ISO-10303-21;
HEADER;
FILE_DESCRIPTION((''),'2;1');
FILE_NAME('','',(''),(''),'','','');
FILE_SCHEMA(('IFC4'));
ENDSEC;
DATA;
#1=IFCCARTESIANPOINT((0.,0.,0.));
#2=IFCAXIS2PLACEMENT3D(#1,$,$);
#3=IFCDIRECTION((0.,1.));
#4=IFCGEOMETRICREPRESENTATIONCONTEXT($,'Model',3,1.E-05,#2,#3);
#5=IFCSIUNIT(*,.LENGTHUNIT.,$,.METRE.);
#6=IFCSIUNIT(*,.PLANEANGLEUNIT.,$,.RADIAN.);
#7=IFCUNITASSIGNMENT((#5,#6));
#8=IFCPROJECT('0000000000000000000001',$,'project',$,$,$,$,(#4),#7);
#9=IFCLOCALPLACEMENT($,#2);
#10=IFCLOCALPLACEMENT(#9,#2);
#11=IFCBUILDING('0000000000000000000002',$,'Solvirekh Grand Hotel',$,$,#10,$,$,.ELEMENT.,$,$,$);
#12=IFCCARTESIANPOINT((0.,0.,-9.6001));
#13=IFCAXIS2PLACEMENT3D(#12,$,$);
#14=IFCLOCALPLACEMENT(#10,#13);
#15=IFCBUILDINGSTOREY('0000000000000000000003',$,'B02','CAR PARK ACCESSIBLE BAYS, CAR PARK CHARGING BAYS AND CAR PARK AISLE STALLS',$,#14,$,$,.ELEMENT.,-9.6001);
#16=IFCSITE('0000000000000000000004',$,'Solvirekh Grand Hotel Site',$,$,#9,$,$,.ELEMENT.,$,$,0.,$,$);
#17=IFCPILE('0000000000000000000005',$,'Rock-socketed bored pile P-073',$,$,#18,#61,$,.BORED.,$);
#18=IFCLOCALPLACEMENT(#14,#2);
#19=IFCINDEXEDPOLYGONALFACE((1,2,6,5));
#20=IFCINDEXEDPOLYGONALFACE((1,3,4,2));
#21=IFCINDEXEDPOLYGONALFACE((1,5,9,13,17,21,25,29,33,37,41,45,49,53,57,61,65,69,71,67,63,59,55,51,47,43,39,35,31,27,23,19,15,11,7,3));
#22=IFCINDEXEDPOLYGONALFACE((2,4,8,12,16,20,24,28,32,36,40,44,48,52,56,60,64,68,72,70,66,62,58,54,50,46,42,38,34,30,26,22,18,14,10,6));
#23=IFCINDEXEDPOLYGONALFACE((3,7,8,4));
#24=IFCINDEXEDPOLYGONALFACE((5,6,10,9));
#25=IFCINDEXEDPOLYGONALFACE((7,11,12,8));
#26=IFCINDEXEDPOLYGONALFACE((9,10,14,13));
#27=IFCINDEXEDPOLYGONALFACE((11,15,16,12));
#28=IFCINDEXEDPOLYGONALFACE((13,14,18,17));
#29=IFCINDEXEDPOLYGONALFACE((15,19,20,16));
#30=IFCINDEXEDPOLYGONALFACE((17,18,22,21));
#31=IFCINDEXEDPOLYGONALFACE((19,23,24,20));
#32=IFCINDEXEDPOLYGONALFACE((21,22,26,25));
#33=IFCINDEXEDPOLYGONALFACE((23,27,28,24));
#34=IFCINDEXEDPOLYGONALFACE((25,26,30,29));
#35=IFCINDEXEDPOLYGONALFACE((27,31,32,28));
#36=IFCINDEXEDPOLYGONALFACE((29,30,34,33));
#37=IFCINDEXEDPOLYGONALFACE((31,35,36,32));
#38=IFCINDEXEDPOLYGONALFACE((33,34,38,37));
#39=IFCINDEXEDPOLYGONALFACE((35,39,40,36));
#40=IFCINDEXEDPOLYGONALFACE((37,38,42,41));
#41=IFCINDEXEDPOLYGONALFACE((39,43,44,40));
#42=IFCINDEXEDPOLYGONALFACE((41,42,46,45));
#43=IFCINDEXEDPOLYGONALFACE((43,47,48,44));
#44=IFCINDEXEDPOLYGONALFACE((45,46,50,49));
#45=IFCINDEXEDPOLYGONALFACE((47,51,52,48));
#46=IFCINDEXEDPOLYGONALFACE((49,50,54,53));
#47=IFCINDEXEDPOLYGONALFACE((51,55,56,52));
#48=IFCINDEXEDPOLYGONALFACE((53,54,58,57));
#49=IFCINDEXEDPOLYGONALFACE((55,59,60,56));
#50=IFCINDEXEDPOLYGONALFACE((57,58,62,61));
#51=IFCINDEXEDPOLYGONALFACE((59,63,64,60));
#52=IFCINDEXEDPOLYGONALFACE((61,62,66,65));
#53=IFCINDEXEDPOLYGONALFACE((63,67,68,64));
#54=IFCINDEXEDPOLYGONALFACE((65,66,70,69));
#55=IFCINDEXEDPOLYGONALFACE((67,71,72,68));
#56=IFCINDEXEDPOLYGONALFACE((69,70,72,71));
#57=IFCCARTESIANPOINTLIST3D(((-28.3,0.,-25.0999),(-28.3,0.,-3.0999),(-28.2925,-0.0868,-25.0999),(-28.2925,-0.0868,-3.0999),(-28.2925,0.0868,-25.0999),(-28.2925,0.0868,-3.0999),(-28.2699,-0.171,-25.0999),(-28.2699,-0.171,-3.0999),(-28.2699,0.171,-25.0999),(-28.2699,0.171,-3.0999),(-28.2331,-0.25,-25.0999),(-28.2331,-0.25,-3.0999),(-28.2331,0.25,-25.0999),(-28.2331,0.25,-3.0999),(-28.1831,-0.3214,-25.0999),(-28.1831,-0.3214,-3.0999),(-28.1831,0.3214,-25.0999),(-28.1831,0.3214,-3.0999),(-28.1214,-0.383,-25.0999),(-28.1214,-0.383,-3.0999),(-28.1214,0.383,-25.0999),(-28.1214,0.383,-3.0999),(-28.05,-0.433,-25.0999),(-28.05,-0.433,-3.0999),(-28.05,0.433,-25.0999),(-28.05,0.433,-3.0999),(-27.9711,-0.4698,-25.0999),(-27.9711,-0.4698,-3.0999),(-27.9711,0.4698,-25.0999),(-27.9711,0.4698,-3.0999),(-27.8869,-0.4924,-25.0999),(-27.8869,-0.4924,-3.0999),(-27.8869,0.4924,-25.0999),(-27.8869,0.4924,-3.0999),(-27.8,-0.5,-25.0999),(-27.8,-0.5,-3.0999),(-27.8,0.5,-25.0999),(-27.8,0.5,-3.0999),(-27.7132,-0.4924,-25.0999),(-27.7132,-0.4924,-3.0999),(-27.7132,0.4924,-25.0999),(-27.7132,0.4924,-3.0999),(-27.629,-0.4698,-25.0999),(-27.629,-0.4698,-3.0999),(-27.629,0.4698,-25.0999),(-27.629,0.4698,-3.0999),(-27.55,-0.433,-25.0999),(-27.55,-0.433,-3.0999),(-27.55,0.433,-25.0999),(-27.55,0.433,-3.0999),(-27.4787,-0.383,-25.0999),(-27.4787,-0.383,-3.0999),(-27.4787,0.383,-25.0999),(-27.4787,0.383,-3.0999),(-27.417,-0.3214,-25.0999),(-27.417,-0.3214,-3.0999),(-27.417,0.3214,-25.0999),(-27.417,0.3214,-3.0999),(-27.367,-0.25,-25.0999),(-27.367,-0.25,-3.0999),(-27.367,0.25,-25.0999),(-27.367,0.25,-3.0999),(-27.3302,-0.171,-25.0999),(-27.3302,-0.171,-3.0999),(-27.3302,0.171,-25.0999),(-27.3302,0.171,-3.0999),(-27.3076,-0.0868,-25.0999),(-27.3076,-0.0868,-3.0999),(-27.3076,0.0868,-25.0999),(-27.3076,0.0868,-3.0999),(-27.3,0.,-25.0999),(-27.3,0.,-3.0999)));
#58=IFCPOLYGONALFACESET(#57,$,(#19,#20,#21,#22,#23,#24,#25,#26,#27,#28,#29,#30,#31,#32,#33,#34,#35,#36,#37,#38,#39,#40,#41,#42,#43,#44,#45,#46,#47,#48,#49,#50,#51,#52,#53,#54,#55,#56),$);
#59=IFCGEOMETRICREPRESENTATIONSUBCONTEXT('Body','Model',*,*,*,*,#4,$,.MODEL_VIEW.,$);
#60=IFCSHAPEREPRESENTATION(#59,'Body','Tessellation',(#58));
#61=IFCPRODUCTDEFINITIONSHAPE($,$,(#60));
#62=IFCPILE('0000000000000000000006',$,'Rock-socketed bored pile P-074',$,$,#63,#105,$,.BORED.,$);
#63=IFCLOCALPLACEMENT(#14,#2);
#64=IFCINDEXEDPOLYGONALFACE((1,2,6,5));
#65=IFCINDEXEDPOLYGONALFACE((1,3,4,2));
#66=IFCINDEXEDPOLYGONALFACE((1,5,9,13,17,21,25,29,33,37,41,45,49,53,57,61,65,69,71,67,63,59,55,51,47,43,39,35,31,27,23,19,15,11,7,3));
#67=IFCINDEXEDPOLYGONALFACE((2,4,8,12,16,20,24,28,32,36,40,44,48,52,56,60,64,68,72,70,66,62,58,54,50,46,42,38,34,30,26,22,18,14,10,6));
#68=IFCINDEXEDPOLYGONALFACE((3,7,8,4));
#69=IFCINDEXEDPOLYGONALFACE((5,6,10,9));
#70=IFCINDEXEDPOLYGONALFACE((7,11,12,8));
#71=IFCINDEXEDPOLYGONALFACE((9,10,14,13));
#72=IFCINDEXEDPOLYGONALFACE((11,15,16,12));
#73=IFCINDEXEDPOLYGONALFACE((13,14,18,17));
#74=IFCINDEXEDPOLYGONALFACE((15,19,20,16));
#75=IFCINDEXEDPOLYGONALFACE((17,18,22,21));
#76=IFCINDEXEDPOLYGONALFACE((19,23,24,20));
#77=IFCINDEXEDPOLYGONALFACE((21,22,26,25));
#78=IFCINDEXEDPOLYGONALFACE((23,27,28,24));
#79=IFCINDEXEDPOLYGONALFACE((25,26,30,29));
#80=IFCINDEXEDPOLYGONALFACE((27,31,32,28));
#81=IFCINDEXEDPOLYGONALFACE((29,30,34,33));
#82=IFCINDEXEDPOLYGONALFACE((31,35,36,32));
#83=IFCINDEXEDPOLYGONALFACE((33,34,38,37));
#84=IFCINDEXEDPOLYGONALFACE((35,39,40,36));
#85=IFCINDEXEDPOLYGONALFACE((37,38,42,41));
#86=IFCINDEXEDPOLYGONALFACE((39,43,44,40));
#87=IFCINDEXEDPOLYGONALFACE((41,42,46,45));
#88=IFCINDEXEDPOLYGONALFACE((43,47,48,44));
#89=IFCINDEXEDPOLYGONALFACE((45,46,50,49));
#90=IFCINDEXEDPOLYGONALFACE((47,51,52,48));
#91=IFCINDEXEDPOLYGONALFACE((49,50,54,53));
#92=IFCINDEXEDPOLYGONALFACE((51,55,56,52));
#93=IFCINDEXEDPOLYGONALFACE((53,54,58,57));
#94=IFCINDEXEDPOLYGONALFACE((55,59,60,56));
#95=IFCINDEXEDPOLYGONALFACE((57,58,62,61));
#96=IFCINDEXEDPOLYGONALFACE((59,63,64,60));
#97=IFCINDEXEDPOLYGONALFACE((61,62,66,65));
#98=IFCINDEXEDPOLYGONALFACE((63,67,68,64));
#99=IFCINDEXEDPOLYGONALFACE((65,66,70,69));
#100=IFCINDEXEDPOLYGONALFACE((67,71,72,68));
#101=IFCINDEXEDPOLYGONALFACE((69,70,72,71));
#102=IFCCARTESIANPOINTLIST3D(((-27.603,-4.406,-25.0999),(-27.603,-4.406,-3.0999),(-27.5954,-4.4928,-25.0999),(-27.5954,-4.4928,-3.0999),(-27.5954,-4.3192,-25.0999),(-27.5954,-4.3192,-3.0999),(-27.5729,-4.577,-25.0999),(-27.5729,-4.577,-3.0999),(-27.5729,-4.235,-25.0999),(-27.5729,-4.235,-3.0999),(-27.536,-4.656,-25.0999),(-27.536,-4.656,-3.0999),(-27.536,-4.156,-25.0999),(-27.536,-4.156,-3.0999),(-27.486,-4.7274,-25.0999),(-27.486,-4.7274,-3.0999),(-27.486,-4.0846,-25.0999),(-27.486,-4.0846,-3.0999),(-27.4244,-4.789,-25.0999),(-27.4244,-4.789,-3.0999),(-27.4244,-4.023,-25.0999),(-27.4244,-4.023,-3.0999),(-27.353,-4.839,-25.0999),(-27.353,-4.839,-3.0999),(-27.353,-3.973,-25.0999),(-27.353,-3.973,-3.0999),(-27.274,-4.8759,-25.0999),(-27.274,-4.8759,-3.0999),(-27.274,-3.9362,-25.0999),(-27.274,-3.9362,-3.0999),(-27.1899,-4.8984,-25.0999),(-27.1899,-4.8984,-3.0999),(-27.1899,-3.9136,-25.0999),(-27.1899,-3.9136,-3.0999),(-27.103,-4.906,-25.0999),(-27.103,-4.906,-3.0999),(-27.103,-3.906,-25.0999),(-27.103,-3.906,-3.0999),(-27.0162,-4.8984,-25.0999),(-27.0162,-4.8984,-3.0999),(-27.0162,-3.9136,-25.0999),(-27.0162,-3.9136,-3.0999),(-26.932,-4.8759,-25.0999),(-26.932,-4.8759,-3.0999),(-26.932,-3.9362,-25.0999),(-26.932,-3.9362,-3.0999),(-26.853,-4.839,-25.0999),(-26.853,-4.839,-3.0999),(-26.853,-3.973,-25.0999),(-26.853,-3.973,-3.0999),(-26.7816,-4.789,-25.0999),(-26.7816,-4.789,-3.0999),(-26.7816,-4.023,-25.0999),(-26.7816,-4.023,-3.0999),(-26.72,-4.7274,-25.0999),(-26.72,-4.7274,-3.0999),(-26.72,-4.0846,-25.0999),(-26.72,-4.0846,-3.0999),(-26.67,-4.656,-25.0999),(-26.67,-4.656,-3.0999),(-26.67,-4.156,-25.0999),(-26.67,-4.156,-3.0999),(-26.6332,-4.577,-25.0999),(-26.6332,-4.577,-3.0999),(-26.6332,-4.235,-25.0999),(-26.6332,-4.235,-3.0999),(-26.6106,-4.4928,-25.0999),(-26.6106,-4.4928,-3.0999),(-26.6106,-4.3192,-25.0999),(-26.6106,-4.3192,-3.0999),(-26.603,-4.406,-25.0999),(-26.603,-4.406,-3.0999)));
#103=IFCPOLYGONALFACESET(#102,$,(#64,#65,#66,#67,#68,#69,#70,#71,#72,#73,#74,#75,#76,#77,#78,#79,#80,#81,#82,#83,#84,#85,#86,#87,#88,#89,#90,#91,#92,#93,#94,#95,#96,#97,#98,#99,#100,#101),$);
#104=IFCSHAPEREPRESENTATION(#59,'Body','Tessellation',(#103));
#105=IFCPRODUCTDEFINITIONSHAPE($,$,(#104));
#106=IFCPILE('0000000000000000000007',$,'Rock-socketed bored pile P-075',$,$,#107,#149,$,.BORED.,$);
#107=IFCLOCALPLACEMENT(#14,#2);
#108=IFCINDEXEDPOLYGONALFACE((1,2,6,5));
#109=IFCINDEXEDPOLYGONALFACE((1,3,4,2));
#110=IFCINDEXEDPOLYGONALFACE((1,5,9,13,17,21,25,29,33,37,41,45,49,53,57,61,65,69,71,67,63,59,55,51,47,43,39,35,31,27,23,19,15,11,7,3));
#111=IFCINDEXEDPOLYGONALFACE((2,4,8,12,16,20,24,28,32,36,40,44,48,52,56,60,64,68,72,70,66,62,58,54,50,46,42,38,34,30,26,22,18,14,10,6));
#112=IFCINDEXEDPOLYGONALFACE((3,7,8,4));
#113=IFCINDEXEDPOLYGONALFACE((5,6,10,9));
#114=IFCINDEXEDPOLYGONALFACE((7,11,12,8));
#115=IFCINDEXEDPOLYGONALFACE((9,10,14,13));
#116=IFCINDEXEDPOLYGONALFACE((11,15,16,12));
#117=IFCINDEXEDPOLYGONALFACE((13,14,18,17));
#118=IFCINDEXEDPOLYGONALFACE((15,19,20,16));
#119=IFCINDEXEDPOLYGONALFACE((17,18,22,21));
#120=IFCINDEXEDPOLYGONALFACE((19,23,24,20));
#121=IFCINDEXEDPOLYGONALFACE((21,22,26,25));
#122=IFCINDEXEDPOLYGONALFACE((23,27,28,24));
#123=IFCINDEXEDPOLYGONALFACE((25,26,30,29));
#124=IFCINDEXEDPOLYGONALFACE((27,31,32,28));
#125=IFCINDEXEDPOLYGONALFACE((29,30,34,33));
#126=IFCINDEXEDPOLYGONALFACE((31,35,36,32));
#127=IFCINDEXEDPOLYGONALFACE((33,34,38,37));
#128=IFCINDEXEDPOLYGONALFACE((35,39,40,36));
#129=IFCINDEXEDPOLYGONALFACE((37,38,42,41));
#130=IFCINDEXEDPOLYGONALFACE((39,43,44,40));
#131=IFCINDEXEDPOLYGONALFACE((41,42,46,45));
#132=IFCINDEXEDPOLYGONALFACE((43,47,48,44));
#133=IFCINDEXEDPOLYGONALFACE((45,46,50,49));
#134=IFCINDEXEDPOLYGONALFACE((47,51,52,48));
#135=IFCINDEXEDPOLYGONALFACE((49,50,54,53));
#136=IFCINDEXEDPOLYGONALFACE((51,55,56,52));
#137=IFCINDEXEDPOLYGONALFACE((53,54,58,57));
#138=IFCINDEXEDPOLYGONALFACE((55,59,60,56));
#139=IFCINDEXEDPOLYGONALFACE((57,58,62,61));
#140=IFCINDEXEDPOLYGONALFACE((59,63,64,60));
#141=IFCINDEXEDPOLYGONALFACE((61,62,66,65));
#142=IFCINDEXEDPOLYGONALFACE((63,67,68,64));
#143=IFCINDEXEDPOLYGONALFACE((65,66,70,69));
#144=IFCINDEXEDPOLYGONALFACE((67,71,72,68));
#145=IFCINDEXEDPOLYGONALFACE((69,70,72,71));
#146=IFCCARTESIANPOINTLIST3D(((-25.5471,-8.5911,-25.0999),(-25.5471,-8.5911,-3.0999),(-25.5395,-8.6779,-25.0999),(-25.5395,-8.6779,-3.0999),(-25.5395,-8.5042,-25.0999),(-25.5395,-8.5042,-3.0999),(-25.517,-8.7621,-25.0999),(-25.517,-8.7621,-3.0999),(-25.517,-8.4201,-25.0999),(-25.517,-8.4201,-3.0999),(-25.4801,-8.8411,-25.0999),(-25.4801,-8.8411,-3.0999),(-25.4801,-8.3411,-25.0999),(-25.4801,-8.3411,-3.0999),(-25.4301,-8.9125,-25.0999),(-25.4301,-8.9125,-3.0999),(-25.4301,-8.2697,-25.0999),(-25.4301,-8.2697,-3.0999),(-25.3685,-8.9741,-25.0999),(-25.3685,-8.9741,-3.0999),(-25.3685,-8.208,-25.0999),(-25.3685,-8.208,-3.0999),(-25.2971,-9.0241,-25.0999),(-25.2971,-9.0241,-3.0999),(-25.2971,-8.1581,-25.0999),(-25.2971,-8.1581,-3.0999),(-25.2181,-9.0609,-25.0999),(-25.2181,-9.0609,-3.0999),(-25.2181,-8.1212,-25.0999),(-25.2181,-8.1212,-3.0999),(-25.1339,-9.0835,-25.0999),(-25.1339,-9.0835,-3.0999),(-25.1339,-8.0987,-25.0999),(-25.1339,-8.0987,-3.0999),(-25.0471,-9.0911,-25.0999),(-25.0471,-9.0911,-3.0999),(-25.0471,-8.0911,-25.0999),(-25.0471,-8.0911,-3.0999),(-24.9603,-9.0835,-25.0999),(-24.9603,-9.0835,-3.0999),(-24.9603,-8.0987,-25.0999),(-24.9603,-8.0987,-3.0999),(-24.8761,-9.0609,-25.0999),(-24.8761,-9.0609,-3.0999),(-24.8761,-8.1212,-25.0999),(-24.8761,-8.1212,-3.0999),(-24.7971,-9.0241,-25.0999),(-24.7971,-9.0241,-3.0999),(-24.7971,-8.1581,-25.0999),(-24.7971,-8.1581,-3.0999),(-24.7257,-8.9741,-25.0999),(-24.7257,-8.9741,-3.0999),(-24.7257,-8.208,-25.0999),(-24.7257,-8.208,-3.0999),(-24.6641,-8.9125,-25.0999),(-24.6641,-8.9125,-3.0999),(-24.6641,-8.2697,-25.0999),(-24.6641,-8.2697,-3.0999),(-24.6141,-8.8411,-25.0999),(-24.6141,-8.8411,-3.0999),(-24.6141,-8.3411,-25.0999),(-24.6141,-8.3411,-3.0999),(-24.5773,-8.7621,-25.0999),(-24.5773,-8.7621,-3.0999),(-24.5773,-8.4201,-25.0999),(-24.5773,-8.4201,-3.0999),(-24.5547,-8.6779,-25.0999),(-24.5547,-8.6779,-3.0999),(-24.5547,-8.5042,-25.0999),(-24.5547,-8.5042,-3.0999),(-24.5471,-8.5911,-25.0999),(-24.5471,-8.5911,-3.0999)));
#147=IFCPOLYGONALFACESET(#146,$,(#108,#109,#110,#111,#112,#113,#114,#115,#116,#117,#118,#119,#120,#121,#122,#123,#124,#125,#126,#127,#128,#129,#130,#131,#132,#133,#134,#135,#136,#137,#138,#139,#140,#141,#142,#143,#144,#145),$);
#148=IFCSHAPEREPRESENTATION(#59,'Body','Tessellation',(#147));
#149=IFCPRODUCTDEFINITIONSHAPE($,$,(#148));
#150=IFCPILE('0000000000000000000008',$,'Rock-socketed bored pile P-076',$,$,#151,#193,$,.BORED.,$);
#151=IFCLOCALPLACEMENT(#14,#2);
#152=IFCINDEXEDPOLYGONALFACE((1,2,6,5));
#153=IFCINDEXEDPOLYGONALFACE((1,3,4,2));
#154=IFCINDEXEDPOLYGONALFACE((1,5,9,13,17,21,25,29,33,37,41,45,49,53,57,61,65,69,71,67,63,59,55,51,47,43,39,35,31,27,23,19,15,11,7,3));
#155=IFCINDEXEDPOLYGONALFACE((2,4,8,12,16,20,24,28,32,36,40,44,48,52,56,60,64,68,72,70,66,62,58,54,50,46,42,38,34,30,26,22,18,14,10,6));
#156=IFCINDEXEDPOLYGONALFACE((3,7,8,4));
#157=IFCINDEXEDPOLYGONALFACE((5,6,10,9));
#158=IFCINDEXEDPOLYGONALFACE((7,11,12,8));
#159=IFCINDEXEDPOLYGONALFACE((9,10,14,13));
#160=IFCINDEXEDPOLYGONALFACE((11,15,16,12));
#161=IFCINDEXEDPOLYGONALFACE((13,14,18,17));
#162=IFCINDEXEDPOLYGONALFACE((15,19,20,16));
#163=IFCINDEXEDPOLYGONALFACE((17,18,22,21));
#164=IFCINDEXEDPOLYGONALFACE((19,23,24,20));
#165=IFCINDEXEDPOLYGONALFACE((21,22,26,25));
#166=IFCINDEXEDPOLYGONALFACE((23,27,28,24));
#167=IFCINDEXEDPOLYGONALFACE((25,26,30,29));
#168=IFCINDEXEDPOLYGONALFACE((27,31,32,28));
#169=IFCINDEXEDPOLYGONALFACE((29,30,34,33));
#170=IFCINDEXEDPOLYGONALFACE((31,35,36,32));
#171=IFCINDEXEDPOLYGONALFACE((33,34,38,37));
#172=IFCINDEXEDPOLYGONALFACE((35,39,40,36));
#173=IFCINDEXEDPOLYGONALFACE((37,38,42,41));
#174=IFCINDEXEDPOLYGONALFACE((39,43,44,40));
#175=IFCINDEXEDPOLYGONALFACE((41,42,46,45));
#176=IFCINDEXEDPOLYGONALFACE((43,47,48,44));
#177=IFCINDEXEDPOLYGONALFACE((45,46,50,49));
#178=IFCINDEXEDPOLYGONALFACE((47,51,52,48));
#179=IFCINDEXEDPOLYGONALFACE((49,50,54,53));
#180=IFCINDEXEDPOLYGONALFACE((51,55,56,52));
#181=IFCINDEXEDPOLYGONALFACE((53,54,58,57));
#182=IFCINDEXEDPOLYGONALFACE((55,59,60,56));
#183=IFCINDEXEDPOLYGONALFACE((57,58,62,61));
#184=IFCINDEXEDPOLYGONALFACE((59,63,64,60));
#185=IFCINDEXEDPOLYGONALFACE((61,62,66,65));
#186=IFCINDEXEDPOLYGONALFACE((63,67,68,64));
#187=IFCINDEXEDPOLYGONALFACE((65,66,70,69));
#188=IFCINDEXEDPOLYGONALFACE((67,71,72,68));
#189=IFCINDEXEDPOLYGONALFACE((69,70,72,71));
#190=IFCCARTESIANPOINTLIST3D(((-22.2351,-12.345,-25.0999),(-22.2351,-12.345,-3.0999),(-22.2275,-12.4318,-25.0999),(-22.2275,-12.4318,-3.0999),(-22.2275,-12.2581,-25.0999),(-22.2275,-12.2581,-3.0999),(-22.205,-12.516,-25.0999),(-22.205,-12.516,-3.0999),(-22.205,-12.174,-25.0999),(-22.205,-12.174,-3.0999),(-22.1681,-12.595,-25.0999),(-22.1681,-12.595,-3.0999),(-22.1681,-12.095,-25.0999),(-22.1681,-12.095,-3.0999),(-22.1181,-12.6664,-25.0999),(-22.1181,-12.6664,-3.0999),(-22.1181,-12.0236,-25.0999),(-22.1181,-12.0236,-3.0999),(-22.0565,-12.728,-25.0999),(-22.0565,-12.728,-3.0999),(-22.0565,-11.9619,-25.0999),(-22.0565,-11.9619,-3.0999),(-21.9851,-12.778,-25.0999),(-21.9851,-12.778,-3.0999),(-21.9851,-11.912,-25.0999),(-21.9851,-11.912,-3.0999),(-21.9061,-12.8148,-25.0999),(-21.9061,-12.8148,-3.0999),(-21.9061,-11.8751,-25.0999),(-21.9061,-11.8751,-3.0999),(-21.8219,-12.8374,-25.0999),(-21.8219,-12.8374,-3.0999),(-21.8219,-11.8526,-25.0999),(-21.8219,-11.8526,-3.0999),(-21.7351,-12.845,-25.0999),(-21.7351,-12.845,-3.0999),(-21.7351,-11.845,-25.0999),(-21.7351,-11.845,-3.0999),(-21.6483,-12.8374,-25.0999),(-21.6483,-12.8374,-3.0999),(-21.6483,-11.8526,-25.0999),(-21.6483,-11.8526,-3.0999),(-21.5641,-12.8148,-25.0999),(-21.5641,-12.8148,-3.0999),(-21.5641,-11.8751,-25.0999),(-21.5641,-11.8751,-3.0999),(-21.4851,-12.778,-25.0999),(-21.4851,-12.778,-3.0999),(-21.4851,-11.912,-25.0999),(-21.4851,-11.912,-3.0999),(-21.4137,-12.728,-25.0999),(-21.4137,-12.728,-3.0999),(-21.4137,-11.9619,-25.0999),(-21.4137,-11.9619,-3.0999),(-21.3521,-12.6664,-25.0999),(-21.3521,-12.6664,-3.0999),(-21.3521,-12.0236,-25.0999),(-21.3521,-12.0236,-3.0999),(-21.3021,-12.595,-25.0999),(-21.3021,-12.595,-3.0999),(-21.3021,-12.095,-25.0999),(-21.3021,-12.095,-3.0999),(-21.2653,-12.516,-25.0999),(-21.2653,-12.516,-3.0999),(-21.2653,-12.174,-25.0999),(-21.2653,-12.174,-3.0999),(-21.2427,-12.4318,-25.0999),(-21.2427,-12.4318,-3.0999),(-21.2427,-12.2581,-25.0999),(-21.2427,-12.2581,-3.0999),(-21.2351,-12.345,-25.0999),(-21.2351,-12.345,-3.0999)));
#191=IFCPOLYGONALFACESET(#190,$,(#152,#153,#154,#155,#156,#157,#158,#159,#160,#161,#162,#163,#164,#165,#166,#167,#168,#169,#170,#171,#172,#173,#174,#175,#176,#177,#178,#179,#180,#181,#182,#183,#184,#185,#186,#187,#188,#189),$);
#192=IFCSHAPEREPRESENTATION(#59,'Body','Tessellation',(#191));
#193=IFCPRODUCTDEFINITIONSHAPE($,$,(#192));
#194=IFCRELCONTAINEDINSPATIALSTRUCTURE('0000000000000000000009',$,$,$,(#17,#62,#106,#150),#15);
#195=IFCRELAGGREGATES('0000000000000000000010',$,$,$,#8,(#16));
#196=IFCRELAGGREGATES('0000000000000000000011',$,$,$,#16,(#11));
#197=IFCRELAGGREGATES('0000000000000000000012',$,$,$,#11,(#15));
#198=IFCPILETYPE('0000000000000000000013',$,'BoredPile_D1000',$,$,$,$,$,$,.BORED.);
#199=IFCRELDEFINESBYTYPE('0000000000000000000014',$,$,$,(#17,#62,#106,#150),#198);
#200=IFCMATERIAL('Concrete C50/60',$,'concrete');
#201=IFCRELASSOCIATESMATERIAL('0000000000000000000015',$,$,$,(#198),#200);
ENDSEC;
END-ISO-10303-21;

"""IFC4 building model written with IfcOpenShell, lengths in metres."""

from ifc_helpers import new_model, si_unit, direction, frame, origin, origin_2d, place, context, subcontext, project, spatial, circle, extrude, material, material_profile, profile_set, type_object, element, save


model = new_model("IFC4")

# Units and contexts
model_context = context("Model", 3, precision=1e-05, world=origin(), true_north=direction((0.0, 1.0)))
body_context = subcontext(model_context, "Body", "Model", "MODEL_VIEW")
ifc_project = project(units=[si_unit("LENGTHUNIT", "METRE"), si_unit("PLANEANGLEUNIT", "RADIAN")], contexts=[model_context])

# Site, building, storey
site_placement = place(None, origin())
site = spatial("IfcSite", under=ifc_project, at=site_placement, Name="Solvirekh Grand Hotel Site", CompositionType="ELEMENT", RefElevation=0.0)
building_placement = place(site_placement, origin())
building = spatial("IfcBuilding", under=site, at=building_placement, Name="Solvirekh Grand Hotel", CompositionType="ELEMENT")
storey_placement = place(building_placement, frame((0.0, 0.0, -9.6001)))
storey = spatial("IfcBuildingStorey", under=building, at=storey_placement, Name="B02", Description="CAR PARK ACCESSIBLE BAYS, CAR PARK CHARGING BAYS AND CAR PARK AISLE STALLS", CompositionType="ELEMENT", Elevation=-9.6001)

# Piles
ifc_material_1 = material(Name="Concrete C50/60", Category="concrete")
ifc_material_profile_1 = material_profile(ifc_material_1, circle(Radius=0.5, at=origin_2d()), Name="BORED PILE D1000")
ifc_profile_set_1 = profile_set([ifc_material_profile_1], Name="Concrete C50/60")
pile_type_1 = type_object("IfcPileType", Name="BoredPile_D1000", PredefinedType="BORED", material=ifc_profile_set_1)
for number, where, z_axis, x_axis, name in (
    (1, (-27.8, 0.0, -3.0999), (0.0, 0.0, -1.0), (1.0, 0.0, 0.0), "Rock-socketed bored pile P-073"),
    (2, (-27.103, -4.406, -3.0999), (0.0, 0.0, -1.0), (1.0, 0.0, 0.0), "Rock-socketed bored pile P-074"),
    (3, (-25.0471, -8.5911, -3.0999), (0.0, 0.0, -1.0), (1.0, 0.0, 0.0), "Rock-socketed bored pile P-075"),
    (4, (-21.7351, -12.345, -3.0999), (0.0, 0.0, -1.0), (1.0, 0.0, 0.0), "Rock-socketed bored pile P-076"),
):
    element("IfcPile", number, at=place(storey_placement, frame(where, z_axis=z_axis, x_axis=x_axis)), inside=storey, type_object=pile_type_1, Name=name, PredefinedType="BORED", context=body_context, shape_type="SweptSolid", body=[
        extrude(circle(Radius=0.5, at=origin_2d()), origin(), (0.0, 0.0, 1.0), 22.0),
    ])

save(model, "model.ifc")
